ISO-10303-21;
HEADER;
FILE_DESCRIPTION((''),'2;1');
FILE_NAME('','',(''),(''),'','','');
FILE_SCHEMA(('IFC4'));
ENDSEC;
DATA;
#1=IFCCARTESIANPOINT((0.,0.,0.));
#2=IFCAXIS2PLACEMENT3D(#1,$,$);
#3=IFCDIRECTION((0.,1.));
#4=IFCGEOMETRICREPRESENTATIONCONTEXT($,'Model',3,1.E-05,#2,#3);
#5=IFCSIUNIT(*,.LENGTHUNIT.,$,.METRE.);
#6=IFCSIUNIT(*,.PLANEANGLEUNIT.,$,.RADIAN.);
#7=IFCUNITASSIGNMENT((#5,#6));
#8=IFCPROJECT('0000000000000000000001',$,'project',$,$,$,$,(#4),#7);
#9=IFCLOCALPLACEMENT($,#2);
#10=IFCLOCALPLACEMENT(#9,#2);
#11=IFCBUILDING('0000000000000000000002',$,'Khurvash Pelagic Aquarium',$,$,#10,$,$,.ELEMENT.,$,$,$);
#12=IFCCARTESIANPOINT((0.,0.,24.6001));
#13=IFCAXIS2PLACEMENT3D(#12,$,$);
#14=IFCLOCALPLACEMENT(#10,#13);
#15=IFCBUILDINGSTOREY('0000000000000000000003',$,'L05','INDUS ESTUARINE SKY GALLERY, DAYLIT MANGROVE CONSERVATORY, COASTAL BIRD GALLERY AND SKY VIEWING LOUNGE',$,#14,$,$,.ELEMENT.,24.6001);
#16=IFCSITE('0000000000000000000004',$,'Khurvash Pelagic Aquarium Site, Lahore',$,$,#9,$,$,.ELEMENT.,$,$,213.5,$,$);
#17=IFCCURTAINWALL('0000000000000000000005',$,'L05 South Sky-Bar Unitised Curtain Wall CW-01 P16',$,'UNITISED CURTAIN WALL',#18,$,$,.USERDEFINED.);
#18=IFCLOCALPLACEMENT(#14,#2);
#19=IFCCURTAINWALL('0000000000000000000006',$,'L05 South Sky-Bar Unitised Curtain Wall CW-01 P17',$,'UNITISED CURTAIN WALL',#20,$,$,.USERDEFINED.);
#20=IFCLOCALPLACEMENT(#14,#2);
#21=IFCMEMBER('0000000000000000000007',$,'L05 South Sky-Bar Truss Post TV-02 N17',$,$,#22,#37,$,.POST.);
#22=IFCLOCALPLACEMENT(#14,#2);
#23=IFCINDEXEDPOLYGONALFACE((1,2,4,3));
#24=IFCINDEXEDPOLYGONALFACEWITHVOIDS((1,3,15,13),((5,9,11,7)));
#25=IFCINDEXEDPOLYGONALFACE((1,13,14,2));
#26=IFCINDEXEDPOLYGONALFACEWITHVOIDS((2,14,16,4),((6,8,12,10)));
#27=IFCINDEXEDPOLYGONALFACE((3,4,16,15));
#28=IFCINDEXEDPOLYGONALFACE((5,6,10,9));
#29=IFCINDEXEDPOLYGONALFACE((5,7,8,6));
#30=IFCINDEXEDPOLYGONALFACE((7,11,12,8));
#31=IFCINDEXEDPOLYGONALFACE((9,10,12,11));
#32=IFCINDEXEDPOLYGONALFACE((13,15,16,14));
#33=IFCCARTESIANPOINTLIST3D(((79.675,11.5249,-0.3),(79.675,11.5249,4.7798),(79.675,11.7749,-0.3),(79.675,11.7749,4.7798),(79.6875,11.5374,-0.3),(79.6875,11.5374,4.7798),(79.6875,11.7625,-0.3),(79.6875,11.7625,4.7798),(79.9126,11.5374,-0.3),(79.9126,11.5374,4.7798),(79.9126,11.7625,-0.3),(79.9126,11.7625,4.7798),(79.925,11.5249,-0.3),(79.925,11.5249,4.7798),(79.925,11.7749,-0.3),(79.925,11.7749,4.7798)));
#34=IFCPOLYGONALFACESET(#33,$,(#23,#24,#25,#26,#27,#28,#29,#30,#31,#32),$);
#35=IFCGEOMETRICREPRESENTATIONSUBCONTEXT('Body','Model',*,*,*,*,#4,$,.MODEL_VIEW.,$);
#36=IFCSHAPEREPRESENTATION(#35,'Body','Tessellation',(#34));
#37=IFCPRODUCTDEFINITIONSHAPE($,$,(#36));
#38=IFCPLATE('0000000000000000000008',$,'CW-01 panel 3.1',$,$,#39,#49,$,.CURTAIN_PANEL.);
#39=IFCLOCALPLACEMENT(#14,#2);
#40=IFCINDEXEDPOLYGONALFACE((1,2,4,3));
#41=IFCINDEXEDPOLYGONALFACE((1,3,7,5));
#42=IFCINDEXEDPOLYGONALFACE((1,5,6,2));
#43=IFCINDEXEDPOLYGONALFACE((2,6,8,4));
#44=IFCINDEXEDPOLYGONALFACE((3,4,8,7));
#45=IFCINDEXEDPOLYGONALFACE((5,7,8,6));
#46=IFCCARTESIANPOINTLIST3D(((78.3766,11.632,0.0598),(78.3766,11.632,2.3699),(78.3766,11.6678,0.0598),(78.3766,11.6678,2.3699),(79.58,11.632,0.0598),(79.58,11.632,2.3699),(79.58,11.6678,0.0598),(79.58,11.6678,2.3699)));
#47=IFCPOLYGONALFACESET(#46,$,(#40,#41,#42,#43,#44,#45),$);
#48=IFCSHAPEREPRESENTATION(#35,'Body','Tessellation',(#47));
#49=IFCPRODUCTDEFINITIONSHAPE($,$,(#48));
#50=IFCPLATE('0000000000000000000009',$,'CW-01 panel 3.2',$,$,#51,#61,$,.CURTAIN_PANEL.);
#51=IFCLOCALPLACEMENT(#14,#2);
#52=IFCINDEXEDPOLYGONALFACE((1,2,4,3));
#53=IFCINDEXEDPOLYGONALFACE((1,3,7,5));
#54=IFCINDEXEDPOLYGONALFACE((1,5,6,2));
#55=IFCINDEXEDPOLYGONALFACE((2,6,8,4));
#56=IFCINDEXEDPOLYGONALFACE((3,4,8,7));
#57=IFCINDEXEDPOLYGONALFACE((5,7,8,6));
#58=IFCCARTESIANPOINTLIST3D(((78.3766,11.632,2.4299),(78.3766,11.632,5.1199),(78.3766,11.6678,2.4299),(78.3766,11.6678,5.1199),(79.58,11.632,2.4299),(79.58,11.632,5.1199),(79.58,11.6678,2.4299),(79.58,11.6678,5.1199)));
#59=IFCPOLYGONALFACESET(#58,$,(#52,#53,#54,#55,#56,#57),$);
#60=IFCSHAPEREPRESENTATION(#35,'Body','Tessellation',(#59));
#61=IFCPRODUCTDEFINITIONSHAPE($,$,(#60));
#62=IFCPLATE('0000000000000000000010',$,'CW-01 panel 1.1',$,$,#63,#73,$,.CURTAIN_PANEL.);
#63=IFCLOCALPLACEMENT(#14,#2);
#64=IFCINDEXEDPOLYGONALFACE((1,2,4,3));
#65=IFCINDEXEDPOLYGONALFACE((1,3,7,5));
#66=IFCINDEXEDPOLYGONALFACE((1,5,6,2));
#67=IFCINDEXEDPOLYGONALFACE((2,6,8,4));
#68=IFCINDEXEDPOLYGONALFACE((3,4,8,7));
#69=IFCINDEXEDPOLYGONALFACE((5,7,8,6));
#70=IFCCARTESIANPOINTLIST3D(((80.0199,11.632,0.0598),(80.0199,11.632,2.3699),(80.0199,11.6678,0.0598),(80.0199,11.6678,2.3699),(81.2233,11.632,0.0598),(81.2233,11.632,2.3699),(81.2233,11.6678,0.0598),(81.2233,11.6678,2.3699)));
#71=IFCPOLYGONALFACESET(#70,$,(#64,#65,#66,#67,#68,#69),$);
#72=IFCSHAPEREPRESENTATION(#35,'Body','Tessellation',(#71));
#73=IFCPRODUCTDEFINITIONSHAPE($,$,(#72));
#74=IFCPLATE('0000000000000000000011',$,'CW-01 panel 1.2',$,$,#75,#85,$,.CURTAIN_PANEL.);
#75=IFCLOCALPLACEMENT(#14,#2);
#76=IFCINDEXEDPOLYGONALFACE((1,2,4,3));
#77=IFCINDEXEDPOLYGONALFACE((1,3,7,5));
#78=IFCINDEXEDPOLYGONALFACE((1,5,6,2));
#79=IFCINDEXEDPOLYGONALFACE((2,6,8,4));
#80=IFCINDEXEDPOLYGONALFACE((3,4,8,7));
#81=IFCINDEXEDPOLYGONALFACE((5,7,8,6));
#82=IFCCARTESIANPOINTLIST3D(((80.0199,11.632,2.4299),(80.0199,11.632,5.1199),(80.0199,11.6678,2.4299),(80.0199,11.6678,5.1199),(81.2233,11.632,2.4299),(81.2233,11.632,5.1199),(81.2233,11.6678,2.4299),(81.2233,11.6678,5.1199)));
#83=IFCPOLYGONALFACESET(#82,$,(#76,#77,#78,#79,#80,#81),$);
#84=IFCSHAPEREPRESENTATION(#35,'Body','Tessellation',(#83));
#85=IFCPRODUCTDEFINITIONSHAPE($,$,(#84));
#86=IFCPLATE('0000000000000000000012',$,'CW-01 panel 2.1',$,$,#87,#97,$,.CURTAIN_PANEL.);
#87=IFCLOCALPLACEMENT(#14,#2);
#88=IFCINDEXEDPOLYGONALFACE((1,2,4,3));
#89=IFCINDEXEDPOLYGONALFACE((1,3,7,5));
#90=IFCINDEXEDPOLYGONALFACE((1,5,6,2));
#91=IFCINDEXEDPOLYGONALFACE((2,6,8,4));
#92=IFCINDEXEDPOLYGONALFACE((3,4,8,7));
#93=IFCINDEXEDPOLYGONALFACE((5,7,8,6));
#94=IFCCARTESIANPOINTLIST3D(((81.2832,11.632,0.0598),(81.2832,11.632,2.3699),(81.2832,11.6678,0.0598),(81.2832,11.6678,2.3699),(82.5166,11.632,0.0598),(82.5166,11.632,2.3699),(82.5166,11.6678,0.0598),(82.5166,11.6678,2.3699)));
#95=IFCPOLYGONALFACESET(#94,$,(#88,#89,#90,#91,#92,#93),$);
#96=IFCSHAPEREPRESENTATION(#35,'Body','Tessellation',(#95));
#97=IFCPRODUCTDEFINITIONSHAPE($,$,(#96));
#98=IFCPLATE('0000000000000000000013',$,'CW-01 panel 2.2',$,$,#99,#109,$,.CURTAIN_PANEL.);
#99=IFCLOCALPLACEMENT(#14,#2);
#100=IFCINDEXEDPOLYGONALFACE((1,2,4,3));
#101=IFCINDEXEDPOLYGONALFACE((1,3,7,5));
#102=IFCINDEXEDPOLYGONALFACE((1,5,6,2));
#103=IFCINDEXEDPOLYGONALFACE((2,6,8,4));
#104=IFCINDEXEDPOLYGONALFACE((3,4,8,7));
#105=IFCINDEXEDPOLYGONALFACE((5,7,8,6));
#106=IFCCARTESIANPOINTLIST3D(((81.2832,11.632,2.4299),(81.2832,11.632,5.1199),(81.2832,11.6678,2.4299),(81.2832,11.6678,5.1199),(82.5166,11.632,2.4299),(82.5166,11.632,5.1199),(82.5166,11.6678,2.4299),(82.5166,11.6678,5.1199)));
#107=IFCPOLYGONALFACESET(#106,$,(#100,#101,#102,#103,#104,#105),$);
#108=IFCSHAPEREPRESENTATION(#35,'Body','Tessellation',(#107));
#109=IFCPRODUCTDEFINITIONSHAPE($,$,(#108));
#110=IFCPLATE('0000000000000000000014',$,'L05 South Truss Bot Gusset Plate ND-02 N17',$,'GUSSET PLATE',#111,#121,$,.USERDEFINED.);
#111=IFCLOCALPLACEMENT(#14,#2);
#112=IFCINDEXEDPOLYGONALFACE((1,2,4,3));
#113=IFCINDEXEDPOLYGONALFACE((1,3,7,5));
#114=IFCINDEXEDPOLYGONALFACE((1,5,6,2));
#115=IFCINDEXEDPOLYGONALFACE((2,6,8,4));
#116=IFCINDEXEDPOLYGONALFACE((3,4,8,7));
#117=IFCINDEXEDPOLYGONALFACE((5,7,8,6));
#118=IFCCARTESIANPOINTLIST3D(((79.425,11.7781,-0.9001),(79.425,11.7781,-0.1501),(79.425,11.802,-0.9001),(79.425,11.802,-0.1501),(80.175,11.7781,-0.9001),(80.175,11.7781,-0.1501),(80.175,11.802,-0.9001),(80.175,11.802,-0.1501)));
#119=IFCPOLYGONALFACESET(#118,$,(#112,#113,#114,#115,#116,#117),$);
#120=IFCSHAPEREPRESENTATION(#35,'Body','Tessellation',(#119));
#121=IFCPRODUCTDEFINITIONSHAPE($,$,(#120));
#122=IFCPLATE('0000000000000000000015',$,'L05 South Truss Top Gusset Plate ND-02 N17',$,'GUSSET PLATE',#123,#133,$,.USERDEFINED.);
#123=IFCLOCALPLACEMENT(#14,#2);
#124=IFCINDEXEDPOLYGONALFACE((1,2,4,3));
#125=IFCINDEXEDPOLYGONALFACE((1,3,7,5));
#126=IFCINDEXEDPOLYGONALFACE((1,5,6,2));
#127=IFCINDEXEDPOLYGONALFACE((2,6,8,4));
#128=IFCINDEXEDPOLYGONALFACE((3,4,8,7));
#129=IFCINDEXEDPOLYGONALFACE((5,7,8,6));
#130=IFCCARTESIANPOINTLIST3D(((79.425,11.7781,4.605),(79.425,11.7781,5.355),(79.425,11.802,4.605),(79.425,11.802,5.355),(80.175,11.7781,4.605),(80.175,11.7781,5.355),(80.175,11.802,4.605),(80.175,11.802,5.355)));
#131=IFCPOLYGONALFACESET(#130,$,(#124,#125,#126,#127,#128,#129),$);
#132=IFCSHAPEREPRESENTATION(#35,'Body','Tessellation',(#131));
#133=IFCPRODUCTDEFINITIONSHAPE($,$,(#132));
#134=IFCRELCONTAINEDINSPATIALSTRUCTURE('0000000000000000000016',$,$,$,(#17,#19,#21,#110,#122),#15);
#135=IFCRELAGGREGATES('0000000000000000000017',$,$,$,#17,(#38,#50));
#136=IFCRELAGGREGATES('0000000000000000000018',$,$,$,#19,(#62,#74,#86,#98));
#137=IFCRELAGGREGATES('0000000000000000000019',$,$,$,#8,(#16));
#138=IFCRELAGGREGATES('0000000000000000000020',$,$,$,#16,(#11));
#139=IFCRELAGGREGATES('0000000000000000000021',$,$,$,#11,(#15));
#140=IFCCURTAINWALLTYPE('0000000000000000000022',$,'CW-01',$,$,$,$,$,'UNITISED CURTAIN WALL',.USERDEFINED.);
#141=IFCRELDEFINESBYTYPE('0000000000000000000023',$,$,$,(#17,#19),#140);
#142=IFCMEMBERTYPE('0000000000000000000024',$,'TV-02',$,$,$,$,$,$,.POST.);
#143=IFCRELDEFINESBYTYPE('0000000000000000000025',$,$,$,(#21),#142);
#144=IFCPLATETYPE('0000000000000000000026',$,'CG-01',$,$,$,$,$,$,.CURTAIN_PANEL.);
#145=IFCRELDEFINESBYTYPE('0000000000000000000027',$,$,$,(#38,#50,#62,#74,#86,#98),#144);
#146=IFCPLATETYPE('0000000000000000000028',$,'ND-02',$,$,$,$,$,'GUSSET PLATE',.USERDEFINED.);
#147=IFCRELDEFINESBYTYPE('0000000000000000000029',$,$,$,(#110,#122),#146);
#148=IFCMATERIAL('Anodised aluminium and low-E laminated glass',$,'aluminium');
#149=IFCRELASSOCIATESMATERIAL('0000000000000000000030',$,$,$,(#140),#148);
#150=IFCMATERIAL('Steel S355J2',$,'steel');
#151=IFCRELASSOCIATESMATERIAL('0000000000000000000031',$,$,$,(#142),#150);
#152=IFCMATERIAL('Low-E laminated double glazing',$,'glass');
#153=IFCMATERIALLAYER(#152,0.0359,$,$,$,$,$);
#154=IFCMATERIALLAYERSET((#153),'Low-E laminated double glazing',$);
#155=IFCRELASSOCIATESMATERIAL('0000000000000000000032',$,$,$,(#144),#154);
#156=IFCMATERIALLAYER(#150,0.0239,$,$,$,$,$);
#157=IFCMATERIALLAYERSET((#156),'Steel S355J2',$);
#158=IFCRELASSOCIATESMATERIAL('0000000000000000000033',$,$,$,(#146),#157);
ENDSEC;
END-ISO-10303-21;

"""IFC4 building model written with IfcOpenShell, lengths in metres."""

from ifc_helpers import new_model, si_unit, direction, frame, origin, origin_2d, place, context, subcontext, project, spatial, rectangle, hollow_rectangle, extrude, material, layer, layer_set, material_profile, profile_set, type_object, element, aggregate, save


model = new_model("IFC4")

# Units and contexts
model_context = context("Model", 3, precision=1e-05, world=origin(), true_north=direction((0.0, 1.0)))
body_context = subcontext(model_context, "Body", "Model", "MODEL_VIEW")
ifc_project = project(units=[si_unit("LENGTHUNIT", "METRE"), si_unit("PLANEANGLEUNIT", "RADIAN")], contexts=[model_context])

# Site, building, storey
site_placement = place(None, origin())
site = spatial("IfcSite", under=ifc_project, at=site_placement, Name="Khurvash Pelagic Aquarium Site, Lahore", CompositionType="ELEMENT", RefElevation=213.5)
building_placement = place(site_placement, origin())
building = spatial("IfcBuilding", under=site, at=building_placement, Name="Khurvash Pelagic Aquarium", CompositionType="ELEMENT")
storey_placement = place(building_placement, frame((0.0, 0.0, 24.6001)))
storey = spatial("IfcBuildingStorey", under=building, at=storey_placement, Name="L05", Description="INDUS ESTUARINE SKY GALLERY, DAYLIT MANGROVE CONSERVATORY, COASTAL BIRD GALLERY AND SKY VIEWING LOUNGE", CompositionType="ELEMENT", Elevation=24.6001)

# Curtain wall
ifc_material_1 = material(Name="Anodised aluminium and low-E laminated glass", Category="aluminium")
curtain_wall_type = type_object("IfcCurtainWallType", Name="CW-01", ElementType="UNITISED CURTAIN WALL", PredefinedType="USERDEFINED", material=ifc_material_1)
curtain_wall_1_placement = place(storey_placement, origin())
curtain_wall_1 = element("IfcCurtainWall", 1, at=curtain_wall_1_placement, inside=storey, type_object=curtain_wall_type, Name="L05 South Sky-Bar Unitised Curtain Wall CW-01 P16", ObjectType="UNITISED CURTAIN WALL", PredefinedType="USERDEFINED")

# Curtain wall
curtain_wall_2_placement = place(storey_placement, origin())
curtain_wall_2 = element("IfcCurtainWall", 2, at=curtain_wall_2_placement, inside=storey, type_object=curtain_wall_type, Name="L05 South Sky-Bar Unitised Curtain Wall CW-01 P17", ObjectType="UNITISED CURTAIN WALL", PredefinedType="USERDEFINED")

# Member
ifc_material_2 = material(Name="Steel S355J2", Category="steel")
ifc_material_profile_1 = material_profile(ifc_material_2, hollow_rectangle(XDim=0.25, YDim=0.25, WallThickness=0.0125, at=origin_2d()), Name="SHS250X250X12")
ifc_profile_set_1 = profile_set([ifc_material_profile_1], Name="Steel S355J2")
member_type_1 = type_object("IfcMemberType", Name="TV-02", PredefinedType="POST", material=ifc_profile_set_1)
member_1_placement = place(storey_placement, frame((79.8, 11.6499, -0.3), z_axis=(0.0, 0.0, 1.0), x_axis=(1.0, 0.0, 0.0)))
element("IfcMember", 3, at=member_1_placement, inside=storey, type_object=member_type_1, Name="L05 South Sky-Bar Truss Post TV-02 N17", PredefinedType="POST", context=body_context, shape_type="SweptSolid", body=[
    extrude(hollow_rectangle(XDim=0.25, YDim=0.25, WallThickness=0.0125, at=origin_2d()), origin(), (0.0, 0.0, 1.0), 5.0798),
])

# Plates
ifc_material_3 = material(Name="Low-E laminated double glazing", Category="glass")
ifc_layer_1 = layer(ifc_material_3, 0.0359)
ifc_layer_set_1 = layer_set([ifc_layer_1], Name="Low-E laminated double glazing")
plate_type_1 = type_object("IfcPlateType", Name="CG-01", PredefinedType="CURTAIN_PANEL", material=ifc_layer_set_1)
plate_1_placement = place(storey_placement, frame((78.9783, 11.6499, 0.0598), z_axis=(0.0, 0.0, 1.0), x_axis=(1.0, 0.0, 0.0)))
plate_1 = element("IfcPlate", 4, at=plate_1_placement, type_object=plate_type_1, Name="CW-01 panel 3.1", PredefinedType="CURTAIN_PANEL", context=body_context, shape_type="SweptSolid", body=[
    extrude(rectangle(XDim=1.2034, YDim=0.0359, at=origin_2d()), origin(), (0.0, 0.0, 1.0), 2.3101),
])
plate_2_placement = place(storey_placement, frame((78.9783, 11.6499, 2.4299), z_axis=(0.0, 0.0, 1.0), x_axis=(1.0, 0.0, 0.0)))
plate_2 = element("IfcPlate", 5, at=plate_2_placement, type_object=plate_type_1, Name="CW-01 panel 3.2", PredefinedType="CURTAIN_PANEL", context=body_context, shape_type="SweptSolid", body=[
    extrude(rectangle(XDim=1.2034, YDim=0.0359, at=origin_2d()), origin(), (0.0, 0.0, 1.0), 2.6899),
])
aggregate(curtain_wall_1, [plate_1, plate_2])
plate_3_placement = place(storey_placement, frame((80.6216, 11.6499, 0.0598), z_axis=(0.0, 0.0, 1.0), x_axis=(1.0, 0.0, 0.0)))
plate_3 = element("IfcPlate", 6, at=plate_3_placement, type_object=plate_type_1, Name="CW-01 panel 1.1", PredefinedType="CURTAIN_PANEL", context=body_context, shape_type="SweptSolid", body=[
    extrude(rectangle(XDim=1.2034, YDim=0.0359, at=origin_2d()), origin(), (0.0, 0.0, 1.0), 2.3101),
])
plate_4_placement = place(storey_placement, frame((80.6216, 11.6499, 2.4299), z_axis=(0.0, 0.0, 1.0), x_axis=(1.0, 0.0, 0.0)))
plate_4 = element("IfcPlate", 7, at=plate_4_placement, type_object=plate_type_1, Name="CW-01 panel 1.2", PredefinedType="CURTAIN_PANEL", context=body_context, shape_type="SweptSolid", body=[
    extrude(rectangle(XDim=1.2034, YDim=0.0359, at=origin_2d()), origin(), (0.0, 0.0, 1.0), 2.6899),
])
plate_5_placement = place(storey_placement, frame((81.8999, 11.6499, 0.0598), z_axis=(0.0, 0.0, 1.0), x_axis=(1.0, 0.0, 0.0)))
plate_5 = element("IfcPlate", 8, at=plate_5_placement, type_object=plate_type_1, Name="CW-01 panel 2.1", PredefinedType="CURTAIN_PANEL", context=body_context, shape_type="SweptSolid", body=[
    extrude(rectangle(XDim=1.2334, YDim=0.0359, at=origin_2d()), origin(), (0.0, 0.0, 1.0), 2.3101),
])
plate_6_placement = place(storey_placement, frame((81.8999, 11.6499, 2.4299), z_axis=(0.0, 0.0, 1.0), x_axis=(1.0, 0.0, 0.0)))
plate_6 = element("IfcPlate", 9, at=plate_6_placement, type_object=plate_type_1, Name="CW-01 panel 2.2", PredefinedType="CURTAIN_PANEL", context=body_context, shape_type="SweptSolid", body=[
    extrude(rectangle(XDim=1.2334, YDim=0.0359, at=origin_2d()), origin(), (0.0, 0.0, 1.0), 2.6899),
])
aggregate(curtain_wall_2, [plate_3, plate_4, plate_5, plate_6])

# Plates
ifc_layer_2 = layer(ifc_material_2, 0.0239)
ifc_layer_set_2 = layer_set([ifc_layer_2], Name="Steel S355J2")
plate_type_2 = type_object("IfcPlateType", Name="ND-02", ElementType="GUSSET PLATE", PredefinedType="USERDEFINED", material=ifc_layer_set_2)
for number, where, z_axis, x_axis, name in (
    (10, (79.8, 11.79, -0.9001), (0.0, 0.0, 1.0), (1.0, 0.0, 0.0), "L05 South Truss Bot Gusset Plate ND-02 N17"),
    (11, (79.8, 11.79, 4.605), (0.0, 0.0, 1.0), (1.0, 0.0, 0.0), "L05 South Truss Top Gusset Plate ND-02 N17"),
):
    element("IfcPlate", number, at=place(storey_placement, frame(where, z_axis=z_axis, x_axis=x_axis)), inside=storey, type_object=plate_type_2, Name=name, ObjectType="GUSSET PLATE", PredefinedType="USERDEFINED", context=body_context, shape_type="SweptSolid", body=[
        extrude(rectangle(XDim=0.75, YDim=0.0239, at=origin_2d()), origin(), (0.0, 0.0, 1.0), 0.75),
    ])

save(model, "model.ifc")
